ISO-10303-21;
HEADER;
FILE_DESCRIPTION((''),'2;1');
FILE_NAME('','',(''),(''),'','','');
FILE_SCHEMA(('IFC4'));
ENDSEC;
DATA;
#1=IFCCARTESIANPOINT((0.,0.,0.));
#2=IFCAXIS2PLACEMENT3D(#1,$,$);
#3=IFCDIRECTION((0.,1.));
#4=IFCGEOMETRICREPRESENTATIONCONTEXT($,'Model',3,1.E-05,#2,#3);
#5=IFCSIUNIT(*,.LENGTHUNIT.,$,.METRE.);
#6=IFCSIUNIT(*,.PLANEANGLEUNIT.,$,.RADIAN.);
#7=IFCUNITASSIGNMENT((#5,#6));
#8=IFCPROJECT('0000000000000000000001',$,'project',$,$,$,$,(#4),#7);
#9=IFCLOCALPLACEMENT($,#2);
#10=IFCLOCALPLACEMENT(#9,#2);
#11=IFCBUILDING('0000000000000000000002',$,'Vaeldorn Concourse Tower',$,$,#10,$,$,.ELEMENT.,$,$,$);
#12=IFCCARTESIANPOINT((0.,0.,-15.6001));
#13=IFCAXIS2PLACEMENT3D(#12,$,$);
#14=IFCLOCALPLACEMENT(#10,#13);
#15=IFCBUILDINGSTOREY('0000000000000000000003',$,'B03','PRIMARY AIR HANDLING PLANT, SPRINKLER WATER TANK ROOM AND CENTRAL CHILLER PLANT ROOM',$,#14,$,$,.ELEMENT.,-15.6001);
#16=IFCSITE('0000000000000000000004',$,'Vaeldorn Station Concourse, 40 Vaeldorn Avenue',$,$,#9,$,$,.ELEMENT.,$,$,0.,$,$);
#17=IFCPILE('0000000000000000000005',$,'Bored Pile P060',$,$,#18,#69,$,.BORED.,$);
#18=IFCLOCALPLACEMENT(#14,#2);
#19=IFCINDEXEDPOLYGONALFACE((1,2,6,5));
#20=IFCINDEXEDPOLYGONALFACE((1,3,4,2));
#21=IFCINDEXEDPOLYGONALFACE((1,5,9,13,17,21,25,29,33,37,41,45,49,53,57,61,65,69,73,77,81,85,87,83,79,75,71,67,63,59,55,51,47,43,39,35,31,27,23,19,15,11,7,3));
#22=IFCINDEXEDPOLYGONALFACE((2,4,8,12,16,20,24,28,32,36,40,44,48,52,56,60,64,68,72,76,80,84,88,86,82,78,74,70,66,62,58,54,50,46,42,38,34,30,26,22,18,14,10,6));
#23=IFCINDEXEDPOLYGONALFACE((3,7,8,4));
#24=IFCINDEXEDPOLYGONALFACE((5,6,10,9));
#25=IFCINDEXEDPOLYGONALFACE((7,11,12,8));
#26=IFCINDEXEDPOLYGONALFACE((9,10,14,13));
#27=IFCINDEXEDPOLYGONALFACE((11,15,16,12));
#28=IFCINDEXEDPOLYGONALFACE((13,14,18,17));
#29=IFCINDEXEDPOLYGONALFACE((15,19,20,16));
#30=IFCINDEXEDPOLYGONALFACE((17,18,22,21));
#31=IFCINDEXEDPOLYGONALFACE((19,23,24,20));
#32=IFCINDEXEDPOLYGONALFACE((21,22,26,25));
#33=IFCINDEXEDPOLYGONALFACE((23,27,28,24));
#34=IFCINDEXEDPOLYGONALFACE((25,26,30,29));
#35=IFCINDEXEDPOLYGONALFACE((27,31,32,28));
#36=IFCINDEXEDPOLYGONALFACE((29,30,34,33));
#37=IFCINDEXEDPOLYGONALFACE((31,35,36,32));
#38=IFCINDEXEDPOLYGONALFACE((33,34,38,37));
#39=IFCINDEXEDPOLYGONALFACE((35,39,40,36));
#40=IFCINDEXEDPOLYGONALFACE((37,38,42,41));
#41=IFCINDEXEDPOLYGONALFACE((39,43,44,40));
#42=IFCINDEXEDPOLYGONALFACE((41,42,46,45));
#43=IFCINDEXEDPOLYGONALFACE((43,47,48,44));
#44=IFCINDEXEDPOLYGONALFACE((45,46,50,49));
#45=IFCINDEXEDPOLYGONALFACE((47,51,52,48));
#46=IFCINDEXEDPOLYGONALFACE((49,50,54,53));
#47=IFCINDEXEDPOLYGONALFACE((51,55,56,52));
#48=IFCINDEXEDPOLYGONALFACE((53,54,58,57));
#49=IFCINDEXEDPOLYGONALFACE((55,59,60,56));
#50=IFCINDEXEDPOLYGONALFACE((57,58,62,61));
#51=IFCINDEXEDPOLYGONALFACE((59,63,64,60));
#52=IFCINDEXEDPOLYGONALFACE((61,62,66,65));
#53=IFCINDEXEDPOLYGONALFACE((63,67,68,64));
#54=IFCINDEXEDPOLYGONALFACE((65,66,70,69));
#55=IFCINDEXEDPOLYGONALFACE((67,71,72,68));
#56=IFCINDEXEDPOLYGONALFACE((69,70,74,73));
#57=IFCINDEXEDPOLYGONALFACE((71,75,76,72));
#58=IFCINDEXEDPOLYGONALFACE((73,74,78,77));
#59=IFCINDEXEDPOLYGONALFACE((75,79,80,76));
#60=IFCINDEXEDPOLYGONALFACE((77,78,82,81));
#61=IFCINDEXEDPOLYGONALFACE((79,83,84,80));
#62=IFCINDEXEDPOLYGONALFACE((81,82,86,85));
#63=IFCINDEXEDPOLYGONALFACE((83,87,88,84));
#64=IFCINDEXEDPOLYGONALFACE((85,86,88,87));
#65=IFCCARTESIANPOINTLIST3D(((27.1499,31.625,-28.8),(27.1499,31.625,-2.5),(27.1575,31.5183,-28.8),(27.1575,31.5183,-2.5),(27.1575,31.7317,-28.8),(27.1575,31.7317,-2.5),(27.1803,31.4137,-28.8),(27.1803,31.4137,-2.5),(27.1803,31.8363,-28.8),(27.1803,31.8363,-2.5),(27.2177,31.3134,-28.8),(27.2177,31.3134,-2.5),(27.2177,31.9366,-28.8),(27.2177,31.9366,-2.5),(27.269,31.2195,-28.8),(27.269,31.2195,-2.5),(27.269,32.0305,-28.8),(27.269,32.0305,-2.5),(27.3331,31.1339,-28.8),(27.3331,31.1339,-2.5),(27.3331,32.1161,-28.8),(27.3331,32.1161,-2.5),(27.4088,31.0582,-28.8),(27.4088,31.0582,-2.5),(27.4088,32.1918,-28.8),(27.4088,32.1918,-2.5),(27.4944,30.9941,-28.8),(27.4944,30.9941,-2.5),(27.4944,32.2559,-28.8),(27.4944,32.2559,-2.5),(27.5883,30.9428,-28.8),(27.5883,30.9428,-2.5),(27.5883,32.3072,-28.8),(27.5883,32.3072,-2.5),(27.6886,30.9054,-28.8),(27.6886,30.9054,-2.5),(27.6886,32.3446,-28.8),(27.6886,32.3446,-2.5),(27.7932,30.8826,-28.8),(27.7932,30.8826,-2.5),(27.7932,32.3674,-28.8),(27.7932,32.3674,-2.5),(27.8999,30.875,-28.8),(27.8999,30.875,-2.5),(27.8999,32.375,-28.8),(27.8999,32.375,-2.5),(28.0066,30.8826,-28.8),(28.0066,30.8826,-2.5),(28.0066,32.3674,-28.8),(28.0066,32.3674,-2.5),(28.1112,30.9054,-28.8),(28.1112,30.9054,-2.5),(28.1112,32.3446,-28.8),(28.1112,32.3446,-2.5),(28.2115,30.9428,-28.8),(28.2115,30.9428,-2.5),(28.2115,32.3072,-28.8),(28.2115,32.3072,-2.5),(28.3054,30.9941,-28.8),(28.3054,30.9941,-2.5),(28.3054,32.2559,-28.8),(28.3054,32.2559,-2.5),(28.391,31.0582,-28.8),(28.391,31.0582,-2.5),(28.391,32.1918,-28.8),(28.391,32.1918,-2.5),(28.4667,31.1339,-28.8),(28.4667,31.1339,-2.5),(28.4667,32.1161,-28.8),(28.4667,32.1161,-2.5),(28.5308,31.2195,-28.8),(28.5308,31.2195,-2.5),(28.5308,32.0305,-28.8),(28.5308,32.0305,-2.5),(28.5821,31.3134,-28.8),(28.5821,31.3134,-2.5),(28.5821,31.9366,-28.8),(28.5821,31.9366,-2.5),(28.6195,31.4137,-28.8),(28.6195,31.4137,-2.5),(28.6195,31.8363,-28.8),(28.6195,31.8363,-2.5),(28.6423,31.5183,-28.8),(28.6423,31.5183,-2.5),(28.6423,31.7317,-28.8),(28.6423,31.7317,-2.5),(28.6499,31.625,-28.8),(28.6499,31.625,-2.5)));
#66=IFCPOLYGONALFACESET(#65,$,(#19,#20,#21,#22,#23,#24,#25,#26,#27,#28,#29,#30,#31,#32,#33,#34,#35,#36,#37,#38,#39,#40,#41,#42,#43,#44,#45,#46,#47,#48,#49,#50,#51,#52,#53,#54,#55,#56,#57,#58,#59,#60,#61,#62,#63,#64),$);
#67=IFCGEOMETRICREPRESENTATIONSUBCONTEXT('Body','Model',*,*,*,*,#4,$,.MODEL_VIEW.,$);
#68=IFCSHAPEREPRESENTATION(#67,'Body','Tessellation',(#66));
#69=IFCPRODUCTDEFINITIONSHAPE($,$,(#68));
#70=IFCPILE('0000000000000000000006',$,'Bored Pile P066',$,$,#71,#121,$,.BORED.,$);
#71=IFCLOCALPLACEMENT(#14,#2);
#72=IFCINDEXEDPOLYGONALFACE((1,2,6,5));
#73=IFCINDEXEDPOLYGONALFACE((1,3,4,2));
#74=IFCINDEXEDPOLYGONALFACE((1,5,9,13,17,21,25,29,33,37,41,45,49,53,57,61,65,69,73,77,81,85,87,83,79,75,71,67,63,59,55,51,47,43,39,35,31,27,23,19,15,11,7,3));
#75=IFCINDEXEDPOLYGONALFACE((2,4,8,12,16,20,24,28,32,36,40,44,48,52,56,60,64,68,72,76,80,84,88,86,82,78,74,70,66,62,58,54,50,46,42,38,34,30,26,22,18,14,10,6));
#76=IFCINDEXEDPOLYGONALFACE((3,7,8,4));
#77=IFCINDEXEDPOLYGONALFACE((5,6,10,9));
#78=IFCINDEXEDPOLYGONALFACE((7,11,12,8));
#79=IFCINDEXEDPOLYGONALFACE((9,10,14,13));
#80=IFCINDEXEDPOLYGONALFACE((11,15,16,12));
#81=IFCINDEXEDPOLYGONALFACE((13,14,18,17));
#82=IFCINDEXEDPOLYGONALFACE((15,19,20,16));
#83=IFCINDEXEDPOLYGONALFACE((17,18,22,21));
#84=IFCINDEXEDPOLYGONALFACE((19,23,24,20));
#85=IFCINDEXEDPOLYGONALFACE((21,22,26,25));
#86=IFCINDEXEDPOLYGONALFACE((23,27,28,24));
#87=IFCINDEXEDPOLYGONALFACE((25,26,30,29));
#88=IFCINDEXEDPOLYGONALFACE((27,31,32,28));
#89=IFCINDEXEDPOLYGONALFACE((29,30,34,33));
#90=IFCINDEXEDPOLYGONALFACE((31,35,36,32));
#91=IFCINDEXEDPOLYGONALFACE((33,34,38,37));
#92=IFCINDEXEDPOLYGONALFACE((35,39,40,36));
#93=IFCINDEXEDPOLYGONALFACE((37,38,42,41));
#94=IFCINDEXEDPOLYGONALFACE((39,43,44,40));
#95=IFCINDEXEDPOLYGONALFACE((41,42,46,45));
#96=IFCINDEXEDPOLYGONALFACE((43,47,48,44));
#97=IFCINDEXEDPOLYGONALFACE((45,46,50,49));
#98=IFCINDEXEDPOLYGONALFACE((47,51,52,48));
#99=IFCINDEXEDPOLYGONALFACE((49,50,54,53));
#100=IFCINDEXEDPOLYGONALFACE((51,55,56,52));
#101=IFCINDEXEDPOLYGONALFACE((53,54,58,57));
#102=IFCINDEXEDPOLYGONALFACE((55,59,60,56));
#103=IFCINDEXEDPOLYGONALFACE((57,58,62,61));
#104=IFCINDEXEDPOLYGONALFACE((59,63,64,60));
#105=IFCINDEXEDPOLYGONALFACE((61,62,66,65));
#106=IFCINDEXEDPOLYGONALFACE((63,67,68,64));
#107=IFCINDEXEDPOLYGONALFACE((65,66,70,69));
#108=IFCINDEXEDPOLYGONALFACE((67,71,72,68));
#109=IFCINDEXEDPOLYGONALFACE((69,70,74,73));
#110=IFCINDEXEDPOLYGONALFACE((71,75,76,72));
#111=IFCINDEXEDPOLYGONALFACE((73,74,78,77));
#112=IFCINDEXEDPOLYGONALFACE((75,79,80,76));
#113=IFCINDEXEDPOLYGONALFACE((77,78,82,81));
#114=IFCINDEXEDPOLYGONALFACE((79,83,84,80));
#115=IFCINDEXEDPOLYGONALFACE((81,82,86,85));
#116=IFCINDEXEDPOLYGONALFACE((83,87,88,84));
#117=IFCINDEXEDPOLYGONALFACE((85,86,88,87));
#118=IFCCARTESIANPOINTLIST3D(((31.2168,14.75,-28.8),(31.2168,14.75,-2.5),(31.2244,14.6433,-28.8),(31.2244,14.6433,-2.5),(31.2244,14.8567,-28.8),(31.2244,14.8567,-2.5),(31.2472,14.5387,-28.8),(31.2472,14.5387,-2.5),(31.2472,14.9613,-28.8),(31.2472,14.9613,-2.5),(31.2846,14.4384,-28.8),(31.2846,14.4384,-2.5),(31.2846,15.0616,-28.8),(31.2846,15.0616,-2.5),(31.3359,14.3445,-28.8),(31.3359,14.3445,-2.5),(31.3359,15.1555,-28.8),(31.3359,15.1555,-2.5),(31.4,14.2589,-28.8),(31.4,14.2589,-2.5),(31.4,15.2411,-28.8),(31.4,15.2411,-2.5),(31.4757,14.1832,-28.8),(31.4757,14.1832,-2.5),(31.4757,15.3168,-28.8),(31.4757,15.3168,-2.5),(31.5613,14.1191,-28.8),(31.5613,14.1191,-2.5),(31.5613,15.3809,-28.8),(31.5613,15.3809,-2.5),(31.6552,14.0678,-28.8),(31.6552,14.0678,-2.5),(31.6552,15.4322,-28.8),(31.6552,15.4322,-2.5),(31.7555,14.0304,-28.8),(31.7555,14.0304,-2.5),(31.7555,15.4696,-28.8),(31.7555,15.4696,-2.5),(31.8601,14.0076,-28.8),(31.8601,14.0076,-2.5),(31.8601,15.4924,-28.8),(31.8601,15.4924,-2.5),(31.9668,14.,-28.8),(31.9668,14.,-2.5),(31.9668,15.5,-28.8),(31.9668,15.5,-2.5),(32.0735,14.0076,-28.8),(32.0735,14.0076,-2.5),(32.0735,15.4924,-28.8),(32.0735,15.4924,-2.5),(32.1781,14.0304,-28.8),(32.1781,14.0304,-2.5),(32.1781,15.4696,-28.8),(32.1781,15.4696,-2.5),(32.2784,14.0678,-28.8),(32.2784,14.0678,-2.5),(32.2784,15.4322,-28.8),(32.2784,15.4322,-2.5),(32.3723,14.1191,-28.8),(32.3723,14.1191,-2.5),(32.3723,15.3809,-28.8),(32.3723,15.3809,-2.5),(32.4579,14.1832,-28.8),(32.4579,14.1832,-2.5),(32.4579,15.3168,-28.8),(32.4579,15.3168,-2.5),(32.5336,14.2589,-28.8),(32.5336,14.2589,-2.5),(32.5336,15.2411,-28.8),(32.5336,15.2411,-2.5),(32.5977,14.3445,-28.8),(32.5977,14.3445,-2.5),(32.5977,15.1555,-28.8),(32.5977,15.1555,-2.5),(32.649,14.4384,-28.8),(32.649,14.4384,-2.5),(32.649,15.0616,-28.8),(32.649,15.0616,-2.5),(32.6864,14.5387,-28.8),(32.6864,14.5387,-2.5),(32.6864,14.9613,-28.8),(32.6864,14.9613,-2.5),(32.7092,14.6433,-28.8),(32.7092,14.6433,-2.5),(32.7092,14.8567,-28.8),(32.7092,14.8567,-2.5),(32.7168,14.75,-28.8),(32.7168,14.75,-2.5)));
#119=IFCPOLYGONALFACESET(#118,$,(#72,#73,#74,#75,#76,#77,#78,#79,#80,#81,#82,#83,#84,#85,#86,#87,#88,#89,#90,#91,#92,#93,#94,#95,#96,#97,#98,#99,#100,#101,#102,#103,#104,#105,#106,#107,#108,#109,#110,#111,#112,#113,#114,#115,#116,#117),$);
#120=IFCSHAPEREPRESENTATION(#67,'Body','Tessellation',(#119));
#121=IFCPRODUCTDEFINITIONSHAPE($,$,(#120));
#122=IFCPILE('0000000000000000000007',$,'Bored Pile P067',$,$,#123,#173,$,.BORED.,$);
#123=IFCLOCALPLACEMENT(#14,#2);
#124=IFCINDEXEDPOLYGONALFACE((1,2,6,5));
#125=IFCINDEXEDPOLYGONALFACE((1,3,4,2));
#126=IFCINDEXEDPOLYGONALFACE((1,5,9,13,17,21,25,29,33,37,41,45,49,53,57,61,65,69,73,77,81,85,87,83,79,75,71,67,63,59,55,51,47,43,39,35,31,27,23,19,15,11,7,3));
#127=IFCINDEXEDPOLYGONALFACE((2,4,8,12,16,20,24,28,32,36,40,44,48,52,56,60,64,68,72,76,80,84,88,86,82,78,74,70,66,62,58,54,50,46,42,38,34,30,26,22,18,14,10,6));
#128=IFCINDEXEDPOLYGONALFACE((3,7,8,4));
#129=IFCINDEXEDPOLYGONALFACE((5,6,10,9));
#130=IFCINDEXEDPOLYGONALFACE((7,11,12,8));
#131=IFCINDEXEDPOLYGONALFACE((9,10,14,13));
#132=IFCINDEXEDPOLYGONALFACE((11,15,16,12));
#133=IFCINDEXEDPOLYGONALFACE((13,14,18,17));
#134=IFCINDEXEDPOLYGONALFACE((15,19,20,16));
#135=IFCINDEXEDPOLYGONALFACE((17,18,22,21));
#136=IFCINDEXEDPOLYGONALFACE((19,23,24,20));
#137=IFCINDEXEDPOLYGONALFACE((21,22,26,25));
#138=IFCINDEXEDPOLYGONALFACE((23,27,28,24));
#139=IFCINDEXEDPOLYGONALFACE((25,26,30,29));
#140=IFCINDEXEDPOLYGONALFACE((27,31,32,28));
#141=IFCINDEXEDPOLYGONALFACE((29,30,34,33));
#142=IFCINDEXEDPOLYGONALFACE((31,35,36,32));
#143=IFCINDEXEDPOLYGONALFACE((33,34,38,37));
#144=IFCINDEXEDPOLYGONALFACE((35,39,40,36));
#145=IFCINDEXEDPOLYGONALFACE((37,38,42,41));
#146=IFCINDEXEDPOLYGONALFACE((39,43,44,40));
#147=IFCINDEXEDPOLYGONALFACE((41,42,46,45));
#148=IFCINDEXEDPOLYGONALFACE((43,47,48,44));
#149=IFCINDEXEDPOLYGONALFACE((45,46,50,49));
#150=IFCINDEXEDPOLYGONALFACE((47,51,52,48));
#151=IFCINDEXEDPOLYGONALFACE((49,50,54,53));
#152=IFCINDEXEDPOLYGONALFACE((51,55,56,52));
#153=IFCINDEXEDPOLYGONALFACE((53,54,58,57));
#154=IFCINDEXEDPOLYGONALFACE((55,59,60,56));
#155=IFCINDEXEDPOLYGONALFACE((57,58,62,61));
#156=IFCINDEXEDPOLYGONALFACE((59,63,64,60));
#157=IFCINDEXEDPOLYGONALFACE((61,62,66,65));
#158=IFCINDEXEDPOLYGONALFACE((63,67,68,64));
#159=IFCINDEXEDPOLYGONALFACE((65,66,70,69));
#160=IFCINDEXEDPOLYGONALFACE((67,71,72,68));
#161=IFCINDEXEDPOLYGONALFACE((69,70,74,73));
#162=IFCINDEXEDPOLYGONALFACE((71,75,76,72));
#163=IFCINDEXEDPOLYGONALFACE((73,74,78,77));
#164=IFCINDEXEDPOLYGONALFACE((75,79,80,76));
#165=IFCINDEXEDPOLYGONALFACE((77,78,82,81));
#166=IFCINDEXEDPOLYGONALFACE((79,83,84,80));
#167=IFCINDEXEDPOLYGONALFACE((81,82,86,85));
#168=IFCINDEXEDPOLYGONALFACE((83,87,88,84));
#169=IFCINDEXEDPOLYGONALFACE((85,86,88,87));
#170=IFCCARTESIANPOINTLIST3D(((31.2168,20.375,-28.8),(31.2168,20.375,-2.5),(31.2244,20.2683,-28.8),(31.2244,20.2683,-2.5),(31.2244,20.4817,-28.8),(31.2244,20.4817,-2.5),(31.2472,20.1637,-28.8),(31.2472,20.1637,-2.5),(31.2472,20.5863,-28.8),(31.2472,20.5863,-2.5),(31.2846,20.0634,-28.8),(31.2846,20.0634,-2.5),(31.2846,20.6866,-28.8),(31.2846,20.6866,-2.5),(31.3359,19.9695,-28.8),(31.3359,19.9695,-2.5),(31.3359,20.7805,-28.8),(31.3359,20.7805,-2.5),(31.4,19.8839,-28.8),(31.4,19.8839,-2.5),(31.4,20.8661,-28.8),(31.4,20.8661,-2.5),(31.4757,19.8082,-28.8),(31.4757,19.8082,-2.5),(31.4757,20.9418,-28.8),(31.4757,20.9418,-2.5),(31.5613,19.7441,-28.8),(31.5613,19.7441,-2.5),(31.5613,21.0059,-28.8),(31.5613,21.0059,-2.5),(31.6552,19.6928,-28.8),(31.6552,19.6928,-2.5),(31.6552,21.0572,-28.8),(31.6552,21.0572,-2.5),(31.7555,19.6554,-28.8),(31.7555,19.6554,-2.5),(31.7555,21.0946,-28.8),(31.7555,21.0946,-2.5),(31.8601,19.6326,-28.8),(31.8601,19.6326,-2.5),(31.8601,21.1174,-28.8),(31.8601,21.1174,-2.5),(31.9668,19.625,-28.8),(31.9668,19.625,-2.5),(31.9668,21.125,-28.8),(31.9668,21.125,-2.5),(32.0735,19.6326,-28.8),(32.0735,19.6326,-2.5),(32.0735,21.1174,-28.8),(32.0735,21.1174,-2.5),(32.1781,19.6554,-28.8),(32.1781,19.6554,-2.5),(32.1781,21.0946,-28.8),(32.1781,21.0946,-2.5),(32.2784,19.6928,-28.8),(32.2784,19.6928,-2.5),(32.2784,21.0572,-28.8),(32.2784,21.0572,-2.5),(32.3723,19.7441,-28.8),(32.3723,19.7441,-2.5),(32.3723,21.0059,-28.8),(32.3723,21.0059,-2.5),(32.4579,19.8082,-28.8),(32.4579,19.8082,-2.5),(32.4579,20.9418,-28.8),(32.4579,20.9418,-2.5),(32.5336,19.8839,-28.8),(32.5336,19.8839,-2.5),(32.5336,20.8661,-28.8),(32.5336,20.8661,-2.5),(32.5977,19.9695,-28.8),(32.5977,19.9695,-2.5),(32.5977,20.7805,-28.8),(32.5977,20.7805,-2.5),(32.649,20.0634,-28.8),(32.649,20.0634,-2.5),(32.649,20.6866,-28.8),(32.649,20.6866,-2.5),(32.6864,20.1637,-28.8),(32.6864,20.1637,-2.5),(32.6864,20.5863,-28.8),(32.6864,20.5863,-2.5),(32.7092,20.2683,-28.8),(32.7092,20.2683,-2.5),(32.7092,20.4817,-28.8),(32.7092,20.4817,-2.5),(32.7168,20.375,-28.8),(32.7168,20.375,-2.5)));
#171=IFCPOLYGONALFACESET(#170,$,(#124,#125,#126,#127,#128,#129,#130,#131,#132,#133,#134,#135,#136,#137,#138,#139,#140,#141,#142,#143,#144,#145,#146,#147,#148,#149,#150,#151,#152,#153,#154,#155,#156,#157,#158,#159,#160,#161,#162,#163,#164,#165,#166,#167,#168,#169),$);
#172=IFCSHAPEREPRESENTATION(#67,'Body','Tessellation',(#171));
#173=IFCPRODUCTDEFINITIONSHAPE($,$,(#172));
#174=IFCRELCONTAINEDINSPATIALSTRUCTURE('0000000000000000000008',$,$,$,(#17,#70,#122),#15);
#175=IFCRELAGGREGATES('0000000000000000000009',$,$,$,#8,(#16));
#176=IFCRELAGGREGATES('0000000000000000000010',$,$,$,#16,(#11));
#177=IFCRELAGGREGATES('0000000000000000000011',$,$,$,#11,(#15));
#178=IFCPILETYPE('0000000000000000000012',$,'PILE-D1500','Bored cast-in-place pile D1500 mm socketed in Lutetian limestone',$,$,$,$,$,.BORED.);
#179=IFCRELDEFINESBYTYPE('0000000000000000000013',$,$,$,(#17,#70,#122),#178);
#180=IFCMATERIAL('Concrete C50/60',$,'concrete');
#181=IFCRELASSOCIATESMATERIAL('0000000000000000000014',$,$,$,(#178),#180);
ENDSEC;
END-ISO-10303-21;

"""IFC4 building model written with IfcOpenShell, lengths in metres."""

from ifc_helpers import new_model, si_unit, direction, frame, origin, origin_2d, place, context, subcontext, project, spatial, circle, extrude, material, material_profile, profile_set, type_object, element, save


model = new_model("IFC4")

# Units and contexts
model_context = context("Model", 3, precision=1e-05, world=origin(), true_north=direction((0.0, 1.0)))
body_context = subcontext(model_context, "Body", "Model", "MODEL_VIEW")
ifc_project = project(units=[si_unit("LENGTHUNIT", "METRE"), si_unit("PLANEANGLEUNIT", "RADIAN")], contexts=[model_context])

# Site, building, storey
site_placement = place(None, origin())
site = spatial("IfcSite", under=ifc_project, at=site_placement, Name="Vaeldorn Station Concourse, 40 Vaeldorn Avenue", CompositionType="ELEMENT", RefElevation=0.0)
building_placement = place(site_placement, origin())
building = spatial("IfcBuilding", under=site, at=building_placement, Name="Vaeldorn Concourse Tower", CompositionType="ELEMENT")
storey_placement = place(building_placement, frame((0.0, 0.0, -15.6001)))
storey = spatial("IfcBuildingStorey", under=building, at=storey_placement, Name="B03", Description="PRIMARY AIR HANDLING PLANT, SPRINKLER WATER TANK ROOM AND CENTRAL CHILLER PLANT ROOM", CompositionType="ELEMENT", Elevation=-15.6001)

# Piles
ifc_material_1 = material(Name="Concrete C50/60", Category="concrete")
ifc_material_profile_1 = material_profile(ifc_material_1, circle(Radius=0.75, at=origin_2d()), Name="BORED PILE D1500")
ifc_profile_set_1 = profile_set([ifc_material_profile_1], Name="Concrete C50/60")
pile_type = type_object("IfcPileType", Name="PILE-D1500", Description="Bored cast-in-place pile D1500 mm socketed in Lutetian limestone", PredefinedType="BORED", material=ifc_profile_set_1)
for number, where, z_axis, x_axis, name in (
    (1, (27.8999, 31.625, -2.5), (0.0, 0.0, -1.0), (1.0, 0.0, 0.0), "Bored Pile P060"),
    (2, (31.9668, 14.75, -2.5), (0.0, 0.0, -1.0), (1.0, 0.0, 0.0), "Bored Pile P066"),
    (3, (31.9668, 20.375, -2.5), (0.0, 0.0, -1.0), (1.0, 0.0, 0.0), "Bored Pile P067"),
):
    element("IfcPile", number, at=place(storey_placement, frame(where, z_axis=z_axis, x_axis=x_axis)), inside=storey, type_object=pile_type, Name=name, PredefinedType="BORED", context=body_context, shape_type="SweptSolid", body=[
        extrude(circle(Radius=0.75, at=origin_2d()), origin(), (0.0, 0.0, 1.0), 26.3),
    ])

save(model, "model.ifc")
